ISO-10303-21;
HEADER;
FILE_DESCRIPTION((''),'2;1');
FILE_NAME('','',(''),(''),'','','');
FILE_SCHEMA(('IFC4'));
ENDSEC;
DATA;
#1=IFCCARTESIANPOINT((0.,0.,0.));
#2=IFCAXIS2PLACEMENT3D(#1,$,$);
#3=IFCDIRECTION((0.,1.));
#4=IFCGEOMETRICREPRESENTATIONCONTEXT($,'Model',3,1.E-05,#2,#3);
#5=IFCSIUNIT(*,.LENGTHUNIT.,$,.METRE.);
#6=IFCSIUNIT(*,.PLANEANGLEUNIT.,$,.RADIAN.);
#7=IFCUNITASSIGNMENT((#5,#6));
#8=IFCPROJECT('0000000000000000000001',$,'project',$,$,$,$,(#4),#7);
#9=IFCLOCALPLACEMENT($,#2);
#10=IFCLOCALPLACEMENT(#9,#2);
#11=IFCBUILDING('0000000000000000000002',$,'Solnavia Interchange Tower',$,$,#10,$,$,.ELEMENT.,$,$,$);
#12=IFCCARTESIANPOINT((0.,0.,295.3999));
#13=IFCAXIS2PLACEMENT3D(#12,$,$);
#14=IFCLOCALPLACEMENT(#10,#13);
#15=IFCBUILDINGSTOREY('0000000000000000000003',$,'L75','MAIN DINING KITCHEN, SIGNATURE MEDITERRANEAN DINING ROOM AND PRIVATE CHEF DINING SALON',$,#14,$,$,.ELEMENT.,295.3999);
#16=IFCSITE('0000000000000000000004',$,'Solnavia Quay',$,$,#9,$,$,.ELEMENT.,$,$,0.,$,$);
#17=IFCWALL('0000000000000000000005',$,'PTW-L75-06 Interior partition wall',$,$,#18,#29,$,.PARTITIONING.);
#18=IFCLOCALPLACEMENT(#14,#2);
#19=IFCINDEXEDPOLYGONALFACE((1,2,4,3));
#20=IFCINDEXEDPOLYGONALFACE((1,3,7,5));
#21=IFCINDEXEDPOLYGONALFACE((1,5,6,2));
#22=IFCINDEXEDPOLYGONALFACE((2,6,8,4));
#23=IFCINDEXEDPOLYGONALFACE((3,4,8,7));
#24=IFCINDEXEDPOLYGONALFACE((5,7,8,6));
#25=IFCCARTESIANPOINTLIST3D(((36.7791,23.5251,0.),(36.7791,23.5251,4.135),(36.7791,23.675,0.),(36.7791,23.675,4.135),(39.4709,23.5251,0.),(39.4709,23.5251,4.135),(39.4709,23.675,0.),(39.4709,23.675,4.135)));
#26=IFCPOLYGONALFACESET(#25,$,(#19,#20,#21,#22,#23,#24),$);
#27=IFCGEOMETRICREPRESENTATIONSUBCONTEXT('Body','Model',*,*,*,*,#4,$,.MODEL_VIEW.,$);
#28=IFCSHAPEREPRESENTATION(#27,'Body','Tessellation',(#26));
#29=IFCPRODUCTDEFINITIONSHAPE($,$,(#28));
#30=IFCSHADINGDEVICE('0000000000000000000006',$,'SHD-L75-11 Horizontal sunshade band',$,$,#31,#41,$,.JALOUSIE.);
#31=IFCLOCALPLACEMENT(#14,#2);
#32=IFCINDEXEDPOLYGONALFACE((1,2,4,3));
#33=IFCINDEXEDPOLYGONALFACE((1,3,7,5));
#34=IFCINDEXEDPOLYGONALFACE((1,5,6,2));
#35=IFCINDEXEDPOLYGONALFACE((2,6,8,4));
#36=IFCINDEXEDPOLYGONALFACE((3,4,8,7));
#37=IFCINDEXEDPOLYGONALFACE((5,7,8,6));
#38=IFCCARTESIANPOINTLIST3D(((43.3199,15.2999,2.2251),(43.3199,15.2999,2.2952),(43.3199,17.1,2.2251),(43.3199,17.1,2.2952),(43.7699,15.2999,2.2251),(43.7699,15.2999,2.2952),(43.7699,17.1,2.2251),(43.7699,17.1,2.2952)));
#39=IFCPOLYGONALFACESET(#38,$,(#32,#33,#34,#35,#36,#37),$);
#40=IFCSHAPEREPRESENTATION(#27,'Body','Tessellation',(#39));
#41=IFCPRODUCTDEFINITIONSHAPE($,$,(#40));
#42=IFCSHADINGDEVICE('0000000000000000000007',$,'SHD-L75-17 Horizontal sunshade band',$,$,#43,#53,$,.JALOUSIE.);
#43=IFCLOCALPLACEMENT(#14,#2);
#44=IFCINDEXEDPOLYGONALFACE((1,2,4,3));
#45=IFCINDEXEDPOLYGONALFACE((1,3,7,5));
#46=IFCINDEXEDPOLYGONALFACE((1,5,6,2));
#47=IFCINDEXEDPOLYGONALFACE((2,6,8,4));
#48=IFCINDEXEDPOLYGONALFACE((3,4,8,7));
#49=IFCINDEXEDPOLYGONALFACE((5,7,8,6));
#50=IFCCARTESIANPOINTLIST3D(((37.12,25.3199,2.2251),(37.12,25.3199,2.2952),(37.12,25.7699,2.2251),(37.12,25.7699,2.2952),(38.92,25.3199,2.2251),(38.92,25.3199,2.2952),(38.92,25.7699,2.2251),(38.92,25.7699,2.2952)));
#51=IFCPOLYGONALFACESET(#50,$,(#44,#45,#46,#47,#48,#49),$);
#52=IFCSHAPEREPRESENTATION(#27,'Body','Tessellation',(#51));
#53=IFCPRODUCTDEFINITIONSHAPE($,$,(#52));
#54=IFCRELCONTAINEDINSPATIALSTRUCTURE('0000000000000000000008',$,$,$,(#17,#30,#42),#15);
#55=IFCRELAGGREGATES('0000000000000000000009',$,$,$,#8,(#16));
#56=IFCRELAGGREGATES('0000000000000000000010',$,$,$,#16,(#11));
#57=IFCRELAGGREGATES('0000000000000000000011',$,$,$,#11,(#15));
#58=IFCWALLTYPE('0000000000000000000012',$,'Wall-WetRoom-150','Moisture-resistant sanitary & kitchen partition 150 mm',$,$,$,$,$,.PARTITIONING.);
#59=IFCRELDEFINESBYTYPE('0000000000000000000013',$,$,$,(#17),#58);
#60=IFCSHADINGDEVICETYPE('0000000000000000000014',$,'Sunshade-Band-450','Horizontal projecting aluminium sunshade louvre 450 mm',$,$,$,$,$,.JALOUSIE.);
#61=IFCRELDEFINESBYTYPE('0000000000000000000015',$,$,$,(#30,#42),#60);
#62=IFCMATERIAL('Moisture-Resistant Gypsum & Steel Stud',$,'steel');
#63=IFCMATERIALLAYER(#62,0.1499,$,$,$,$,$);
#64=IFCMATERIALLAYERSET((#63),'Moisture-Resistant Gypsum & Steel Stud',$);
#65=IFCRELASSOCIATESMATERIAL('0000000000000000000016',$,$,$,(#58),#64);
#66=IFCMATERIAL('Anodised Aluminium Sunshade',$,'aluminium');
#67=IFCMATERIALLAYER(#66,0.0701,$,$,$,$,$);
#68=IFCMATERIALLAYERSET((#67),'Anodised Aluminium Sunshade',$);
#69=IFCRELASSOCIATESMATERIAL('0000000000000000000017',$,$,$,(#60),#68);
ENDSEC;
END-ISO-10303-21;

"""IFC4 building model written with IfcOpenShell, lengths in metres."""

from ifc_helpers import new_model, si_unit, direction, frame, frame_2d, origin, origin_2d, place, context, subcontext, project, spatial, rectangle, extrude, material, layer, layer_set, type_object, element, save


model = new_model("IFC4")

# Units and contexts
model_context = context("Model", 3, precision=1e-05, world=origin(), true_north=direction((0.0, 1.0)))
body_context = subcontext(model_context, "Body", "Model", "MODEL_VIEW")
ifc_project = project(units=[si_unit("LENGTHUNIT", "METRE"), si_unit("PLANEANGLEUNIT", "RADIAN")], contexts=[model_context])

# Site, building, storey
site_placement = place(None, origin())
site = spatial("IfcSite", under=ifc_project, at=site_placement, Name="Solnavia Quay", CompositionType="ELEMENT", RefElevation=0.0)
building_placement = place(site_placement, origin())
building = spatial("IfcBuilding", under=site, at=building_placement, Name="Solnavia Interchange Tower", CompositionType="ELEMENT")
storey_placement = place(building_placement, frame((0.0, 0.0, 295.3999)))
storey = spatial("IfcBuildingStorey", under=building, at=storey_placement, Name="L75", Description="MAIN DINING KITCHEN, SIGNATURE MEDITERRANEAN DINING ROOM AND PRIVATE CHEF DINING SALON", CompositionType="ELEMENT", Elevation=295.3999)

# Shared definitions
ifc_material_1 = material(Name="Moisture-Resistant Gypsum & Steel Stud", Category="steel")
ifc_layer_1 = layer(ifc_material_1, 0.1499)
ifc_layer_set_1 = layer_set([ifc_layer_1], Name="Moisture-Resistant Gypsum & Steel Stud")
wall_type_1 = type_object("IfcWallType", Name="Wall-WetRoom-150", Description="Moisture-resistant sanitary & kitchen partition 150 mm", PredefinedType="PARTITIONING", material=ifc_layer_set_1)

# Wall
wall_1_placement = place(storey_placement, frame((36.7791, 23.6001, 0.0), z_axis=(0.0, 0.0, 1.0), x_axis=(1.0, 0.0, 0.0)))
element("IfcWall", 1, at=wall_1_placement, inside=storey, type_object=wall_type_1, Name="PTW-L75-06 Interior partition wall", PredefinedType="PARTITIONING", context=body_context, shape_type="SweptSolid", body=[
    extrude(rectangle(XDim=2.6919, YDim=0.1499, at=frame_2d((1.3459, 0.0))), origin(), (0.0, 0.0, 1.0), 4.135),
])

# Shading devices
ifc_material_2 = material(Name="Anodised Aluminium Sunshade", Category="aluminium")
ifc_layer_2 = layer(ifc_material_2, 0.0701)
ifc_layer_set_2 = layer_set([ifc_layer_2], Name="Anodised Aluminium Sunshade")
shading_device_type = type_object("IfcShadingDeviceType", Name="Sunshade-Band-450", Description="Horizontal projecting aluminium sunshade louvre 450 mm", PredefinedType="JALOUSIE", material=ifc_layer_set_2)
for number, where, z_axis, x_axis, name in (
    (2, (43.5449, 16.2, 2.2251), (0.0, 0.0, 1.0), (0.0, -1.0, 0.0), "SHD-L75-11 Horizontal sunshade band"),
    (3, (38.02, 25.5449, 2.2251), (0.0, 0.0, 1.0), (1.0, 0.0, 0.0), "SHD-L75-17 Horizontal sunshade band"),
):
    element("IfcShadingDevice", number, at=place(storey_placement, frame(where, z_axis=z_axis, x_axis=x_axis)), inside=storey, type_object=shading_device_type, Name=name, PredefinedType="JALOUSIE", context=body_context, shape_type="SweptSolid", body=[
        extrude(rectangle(XDim=1.8, YDim=0.45, at=origin_2d()), origin(), (0.0, 0.0, 1.0), 0.0701),
    ])

save(model, "model.ifc")
